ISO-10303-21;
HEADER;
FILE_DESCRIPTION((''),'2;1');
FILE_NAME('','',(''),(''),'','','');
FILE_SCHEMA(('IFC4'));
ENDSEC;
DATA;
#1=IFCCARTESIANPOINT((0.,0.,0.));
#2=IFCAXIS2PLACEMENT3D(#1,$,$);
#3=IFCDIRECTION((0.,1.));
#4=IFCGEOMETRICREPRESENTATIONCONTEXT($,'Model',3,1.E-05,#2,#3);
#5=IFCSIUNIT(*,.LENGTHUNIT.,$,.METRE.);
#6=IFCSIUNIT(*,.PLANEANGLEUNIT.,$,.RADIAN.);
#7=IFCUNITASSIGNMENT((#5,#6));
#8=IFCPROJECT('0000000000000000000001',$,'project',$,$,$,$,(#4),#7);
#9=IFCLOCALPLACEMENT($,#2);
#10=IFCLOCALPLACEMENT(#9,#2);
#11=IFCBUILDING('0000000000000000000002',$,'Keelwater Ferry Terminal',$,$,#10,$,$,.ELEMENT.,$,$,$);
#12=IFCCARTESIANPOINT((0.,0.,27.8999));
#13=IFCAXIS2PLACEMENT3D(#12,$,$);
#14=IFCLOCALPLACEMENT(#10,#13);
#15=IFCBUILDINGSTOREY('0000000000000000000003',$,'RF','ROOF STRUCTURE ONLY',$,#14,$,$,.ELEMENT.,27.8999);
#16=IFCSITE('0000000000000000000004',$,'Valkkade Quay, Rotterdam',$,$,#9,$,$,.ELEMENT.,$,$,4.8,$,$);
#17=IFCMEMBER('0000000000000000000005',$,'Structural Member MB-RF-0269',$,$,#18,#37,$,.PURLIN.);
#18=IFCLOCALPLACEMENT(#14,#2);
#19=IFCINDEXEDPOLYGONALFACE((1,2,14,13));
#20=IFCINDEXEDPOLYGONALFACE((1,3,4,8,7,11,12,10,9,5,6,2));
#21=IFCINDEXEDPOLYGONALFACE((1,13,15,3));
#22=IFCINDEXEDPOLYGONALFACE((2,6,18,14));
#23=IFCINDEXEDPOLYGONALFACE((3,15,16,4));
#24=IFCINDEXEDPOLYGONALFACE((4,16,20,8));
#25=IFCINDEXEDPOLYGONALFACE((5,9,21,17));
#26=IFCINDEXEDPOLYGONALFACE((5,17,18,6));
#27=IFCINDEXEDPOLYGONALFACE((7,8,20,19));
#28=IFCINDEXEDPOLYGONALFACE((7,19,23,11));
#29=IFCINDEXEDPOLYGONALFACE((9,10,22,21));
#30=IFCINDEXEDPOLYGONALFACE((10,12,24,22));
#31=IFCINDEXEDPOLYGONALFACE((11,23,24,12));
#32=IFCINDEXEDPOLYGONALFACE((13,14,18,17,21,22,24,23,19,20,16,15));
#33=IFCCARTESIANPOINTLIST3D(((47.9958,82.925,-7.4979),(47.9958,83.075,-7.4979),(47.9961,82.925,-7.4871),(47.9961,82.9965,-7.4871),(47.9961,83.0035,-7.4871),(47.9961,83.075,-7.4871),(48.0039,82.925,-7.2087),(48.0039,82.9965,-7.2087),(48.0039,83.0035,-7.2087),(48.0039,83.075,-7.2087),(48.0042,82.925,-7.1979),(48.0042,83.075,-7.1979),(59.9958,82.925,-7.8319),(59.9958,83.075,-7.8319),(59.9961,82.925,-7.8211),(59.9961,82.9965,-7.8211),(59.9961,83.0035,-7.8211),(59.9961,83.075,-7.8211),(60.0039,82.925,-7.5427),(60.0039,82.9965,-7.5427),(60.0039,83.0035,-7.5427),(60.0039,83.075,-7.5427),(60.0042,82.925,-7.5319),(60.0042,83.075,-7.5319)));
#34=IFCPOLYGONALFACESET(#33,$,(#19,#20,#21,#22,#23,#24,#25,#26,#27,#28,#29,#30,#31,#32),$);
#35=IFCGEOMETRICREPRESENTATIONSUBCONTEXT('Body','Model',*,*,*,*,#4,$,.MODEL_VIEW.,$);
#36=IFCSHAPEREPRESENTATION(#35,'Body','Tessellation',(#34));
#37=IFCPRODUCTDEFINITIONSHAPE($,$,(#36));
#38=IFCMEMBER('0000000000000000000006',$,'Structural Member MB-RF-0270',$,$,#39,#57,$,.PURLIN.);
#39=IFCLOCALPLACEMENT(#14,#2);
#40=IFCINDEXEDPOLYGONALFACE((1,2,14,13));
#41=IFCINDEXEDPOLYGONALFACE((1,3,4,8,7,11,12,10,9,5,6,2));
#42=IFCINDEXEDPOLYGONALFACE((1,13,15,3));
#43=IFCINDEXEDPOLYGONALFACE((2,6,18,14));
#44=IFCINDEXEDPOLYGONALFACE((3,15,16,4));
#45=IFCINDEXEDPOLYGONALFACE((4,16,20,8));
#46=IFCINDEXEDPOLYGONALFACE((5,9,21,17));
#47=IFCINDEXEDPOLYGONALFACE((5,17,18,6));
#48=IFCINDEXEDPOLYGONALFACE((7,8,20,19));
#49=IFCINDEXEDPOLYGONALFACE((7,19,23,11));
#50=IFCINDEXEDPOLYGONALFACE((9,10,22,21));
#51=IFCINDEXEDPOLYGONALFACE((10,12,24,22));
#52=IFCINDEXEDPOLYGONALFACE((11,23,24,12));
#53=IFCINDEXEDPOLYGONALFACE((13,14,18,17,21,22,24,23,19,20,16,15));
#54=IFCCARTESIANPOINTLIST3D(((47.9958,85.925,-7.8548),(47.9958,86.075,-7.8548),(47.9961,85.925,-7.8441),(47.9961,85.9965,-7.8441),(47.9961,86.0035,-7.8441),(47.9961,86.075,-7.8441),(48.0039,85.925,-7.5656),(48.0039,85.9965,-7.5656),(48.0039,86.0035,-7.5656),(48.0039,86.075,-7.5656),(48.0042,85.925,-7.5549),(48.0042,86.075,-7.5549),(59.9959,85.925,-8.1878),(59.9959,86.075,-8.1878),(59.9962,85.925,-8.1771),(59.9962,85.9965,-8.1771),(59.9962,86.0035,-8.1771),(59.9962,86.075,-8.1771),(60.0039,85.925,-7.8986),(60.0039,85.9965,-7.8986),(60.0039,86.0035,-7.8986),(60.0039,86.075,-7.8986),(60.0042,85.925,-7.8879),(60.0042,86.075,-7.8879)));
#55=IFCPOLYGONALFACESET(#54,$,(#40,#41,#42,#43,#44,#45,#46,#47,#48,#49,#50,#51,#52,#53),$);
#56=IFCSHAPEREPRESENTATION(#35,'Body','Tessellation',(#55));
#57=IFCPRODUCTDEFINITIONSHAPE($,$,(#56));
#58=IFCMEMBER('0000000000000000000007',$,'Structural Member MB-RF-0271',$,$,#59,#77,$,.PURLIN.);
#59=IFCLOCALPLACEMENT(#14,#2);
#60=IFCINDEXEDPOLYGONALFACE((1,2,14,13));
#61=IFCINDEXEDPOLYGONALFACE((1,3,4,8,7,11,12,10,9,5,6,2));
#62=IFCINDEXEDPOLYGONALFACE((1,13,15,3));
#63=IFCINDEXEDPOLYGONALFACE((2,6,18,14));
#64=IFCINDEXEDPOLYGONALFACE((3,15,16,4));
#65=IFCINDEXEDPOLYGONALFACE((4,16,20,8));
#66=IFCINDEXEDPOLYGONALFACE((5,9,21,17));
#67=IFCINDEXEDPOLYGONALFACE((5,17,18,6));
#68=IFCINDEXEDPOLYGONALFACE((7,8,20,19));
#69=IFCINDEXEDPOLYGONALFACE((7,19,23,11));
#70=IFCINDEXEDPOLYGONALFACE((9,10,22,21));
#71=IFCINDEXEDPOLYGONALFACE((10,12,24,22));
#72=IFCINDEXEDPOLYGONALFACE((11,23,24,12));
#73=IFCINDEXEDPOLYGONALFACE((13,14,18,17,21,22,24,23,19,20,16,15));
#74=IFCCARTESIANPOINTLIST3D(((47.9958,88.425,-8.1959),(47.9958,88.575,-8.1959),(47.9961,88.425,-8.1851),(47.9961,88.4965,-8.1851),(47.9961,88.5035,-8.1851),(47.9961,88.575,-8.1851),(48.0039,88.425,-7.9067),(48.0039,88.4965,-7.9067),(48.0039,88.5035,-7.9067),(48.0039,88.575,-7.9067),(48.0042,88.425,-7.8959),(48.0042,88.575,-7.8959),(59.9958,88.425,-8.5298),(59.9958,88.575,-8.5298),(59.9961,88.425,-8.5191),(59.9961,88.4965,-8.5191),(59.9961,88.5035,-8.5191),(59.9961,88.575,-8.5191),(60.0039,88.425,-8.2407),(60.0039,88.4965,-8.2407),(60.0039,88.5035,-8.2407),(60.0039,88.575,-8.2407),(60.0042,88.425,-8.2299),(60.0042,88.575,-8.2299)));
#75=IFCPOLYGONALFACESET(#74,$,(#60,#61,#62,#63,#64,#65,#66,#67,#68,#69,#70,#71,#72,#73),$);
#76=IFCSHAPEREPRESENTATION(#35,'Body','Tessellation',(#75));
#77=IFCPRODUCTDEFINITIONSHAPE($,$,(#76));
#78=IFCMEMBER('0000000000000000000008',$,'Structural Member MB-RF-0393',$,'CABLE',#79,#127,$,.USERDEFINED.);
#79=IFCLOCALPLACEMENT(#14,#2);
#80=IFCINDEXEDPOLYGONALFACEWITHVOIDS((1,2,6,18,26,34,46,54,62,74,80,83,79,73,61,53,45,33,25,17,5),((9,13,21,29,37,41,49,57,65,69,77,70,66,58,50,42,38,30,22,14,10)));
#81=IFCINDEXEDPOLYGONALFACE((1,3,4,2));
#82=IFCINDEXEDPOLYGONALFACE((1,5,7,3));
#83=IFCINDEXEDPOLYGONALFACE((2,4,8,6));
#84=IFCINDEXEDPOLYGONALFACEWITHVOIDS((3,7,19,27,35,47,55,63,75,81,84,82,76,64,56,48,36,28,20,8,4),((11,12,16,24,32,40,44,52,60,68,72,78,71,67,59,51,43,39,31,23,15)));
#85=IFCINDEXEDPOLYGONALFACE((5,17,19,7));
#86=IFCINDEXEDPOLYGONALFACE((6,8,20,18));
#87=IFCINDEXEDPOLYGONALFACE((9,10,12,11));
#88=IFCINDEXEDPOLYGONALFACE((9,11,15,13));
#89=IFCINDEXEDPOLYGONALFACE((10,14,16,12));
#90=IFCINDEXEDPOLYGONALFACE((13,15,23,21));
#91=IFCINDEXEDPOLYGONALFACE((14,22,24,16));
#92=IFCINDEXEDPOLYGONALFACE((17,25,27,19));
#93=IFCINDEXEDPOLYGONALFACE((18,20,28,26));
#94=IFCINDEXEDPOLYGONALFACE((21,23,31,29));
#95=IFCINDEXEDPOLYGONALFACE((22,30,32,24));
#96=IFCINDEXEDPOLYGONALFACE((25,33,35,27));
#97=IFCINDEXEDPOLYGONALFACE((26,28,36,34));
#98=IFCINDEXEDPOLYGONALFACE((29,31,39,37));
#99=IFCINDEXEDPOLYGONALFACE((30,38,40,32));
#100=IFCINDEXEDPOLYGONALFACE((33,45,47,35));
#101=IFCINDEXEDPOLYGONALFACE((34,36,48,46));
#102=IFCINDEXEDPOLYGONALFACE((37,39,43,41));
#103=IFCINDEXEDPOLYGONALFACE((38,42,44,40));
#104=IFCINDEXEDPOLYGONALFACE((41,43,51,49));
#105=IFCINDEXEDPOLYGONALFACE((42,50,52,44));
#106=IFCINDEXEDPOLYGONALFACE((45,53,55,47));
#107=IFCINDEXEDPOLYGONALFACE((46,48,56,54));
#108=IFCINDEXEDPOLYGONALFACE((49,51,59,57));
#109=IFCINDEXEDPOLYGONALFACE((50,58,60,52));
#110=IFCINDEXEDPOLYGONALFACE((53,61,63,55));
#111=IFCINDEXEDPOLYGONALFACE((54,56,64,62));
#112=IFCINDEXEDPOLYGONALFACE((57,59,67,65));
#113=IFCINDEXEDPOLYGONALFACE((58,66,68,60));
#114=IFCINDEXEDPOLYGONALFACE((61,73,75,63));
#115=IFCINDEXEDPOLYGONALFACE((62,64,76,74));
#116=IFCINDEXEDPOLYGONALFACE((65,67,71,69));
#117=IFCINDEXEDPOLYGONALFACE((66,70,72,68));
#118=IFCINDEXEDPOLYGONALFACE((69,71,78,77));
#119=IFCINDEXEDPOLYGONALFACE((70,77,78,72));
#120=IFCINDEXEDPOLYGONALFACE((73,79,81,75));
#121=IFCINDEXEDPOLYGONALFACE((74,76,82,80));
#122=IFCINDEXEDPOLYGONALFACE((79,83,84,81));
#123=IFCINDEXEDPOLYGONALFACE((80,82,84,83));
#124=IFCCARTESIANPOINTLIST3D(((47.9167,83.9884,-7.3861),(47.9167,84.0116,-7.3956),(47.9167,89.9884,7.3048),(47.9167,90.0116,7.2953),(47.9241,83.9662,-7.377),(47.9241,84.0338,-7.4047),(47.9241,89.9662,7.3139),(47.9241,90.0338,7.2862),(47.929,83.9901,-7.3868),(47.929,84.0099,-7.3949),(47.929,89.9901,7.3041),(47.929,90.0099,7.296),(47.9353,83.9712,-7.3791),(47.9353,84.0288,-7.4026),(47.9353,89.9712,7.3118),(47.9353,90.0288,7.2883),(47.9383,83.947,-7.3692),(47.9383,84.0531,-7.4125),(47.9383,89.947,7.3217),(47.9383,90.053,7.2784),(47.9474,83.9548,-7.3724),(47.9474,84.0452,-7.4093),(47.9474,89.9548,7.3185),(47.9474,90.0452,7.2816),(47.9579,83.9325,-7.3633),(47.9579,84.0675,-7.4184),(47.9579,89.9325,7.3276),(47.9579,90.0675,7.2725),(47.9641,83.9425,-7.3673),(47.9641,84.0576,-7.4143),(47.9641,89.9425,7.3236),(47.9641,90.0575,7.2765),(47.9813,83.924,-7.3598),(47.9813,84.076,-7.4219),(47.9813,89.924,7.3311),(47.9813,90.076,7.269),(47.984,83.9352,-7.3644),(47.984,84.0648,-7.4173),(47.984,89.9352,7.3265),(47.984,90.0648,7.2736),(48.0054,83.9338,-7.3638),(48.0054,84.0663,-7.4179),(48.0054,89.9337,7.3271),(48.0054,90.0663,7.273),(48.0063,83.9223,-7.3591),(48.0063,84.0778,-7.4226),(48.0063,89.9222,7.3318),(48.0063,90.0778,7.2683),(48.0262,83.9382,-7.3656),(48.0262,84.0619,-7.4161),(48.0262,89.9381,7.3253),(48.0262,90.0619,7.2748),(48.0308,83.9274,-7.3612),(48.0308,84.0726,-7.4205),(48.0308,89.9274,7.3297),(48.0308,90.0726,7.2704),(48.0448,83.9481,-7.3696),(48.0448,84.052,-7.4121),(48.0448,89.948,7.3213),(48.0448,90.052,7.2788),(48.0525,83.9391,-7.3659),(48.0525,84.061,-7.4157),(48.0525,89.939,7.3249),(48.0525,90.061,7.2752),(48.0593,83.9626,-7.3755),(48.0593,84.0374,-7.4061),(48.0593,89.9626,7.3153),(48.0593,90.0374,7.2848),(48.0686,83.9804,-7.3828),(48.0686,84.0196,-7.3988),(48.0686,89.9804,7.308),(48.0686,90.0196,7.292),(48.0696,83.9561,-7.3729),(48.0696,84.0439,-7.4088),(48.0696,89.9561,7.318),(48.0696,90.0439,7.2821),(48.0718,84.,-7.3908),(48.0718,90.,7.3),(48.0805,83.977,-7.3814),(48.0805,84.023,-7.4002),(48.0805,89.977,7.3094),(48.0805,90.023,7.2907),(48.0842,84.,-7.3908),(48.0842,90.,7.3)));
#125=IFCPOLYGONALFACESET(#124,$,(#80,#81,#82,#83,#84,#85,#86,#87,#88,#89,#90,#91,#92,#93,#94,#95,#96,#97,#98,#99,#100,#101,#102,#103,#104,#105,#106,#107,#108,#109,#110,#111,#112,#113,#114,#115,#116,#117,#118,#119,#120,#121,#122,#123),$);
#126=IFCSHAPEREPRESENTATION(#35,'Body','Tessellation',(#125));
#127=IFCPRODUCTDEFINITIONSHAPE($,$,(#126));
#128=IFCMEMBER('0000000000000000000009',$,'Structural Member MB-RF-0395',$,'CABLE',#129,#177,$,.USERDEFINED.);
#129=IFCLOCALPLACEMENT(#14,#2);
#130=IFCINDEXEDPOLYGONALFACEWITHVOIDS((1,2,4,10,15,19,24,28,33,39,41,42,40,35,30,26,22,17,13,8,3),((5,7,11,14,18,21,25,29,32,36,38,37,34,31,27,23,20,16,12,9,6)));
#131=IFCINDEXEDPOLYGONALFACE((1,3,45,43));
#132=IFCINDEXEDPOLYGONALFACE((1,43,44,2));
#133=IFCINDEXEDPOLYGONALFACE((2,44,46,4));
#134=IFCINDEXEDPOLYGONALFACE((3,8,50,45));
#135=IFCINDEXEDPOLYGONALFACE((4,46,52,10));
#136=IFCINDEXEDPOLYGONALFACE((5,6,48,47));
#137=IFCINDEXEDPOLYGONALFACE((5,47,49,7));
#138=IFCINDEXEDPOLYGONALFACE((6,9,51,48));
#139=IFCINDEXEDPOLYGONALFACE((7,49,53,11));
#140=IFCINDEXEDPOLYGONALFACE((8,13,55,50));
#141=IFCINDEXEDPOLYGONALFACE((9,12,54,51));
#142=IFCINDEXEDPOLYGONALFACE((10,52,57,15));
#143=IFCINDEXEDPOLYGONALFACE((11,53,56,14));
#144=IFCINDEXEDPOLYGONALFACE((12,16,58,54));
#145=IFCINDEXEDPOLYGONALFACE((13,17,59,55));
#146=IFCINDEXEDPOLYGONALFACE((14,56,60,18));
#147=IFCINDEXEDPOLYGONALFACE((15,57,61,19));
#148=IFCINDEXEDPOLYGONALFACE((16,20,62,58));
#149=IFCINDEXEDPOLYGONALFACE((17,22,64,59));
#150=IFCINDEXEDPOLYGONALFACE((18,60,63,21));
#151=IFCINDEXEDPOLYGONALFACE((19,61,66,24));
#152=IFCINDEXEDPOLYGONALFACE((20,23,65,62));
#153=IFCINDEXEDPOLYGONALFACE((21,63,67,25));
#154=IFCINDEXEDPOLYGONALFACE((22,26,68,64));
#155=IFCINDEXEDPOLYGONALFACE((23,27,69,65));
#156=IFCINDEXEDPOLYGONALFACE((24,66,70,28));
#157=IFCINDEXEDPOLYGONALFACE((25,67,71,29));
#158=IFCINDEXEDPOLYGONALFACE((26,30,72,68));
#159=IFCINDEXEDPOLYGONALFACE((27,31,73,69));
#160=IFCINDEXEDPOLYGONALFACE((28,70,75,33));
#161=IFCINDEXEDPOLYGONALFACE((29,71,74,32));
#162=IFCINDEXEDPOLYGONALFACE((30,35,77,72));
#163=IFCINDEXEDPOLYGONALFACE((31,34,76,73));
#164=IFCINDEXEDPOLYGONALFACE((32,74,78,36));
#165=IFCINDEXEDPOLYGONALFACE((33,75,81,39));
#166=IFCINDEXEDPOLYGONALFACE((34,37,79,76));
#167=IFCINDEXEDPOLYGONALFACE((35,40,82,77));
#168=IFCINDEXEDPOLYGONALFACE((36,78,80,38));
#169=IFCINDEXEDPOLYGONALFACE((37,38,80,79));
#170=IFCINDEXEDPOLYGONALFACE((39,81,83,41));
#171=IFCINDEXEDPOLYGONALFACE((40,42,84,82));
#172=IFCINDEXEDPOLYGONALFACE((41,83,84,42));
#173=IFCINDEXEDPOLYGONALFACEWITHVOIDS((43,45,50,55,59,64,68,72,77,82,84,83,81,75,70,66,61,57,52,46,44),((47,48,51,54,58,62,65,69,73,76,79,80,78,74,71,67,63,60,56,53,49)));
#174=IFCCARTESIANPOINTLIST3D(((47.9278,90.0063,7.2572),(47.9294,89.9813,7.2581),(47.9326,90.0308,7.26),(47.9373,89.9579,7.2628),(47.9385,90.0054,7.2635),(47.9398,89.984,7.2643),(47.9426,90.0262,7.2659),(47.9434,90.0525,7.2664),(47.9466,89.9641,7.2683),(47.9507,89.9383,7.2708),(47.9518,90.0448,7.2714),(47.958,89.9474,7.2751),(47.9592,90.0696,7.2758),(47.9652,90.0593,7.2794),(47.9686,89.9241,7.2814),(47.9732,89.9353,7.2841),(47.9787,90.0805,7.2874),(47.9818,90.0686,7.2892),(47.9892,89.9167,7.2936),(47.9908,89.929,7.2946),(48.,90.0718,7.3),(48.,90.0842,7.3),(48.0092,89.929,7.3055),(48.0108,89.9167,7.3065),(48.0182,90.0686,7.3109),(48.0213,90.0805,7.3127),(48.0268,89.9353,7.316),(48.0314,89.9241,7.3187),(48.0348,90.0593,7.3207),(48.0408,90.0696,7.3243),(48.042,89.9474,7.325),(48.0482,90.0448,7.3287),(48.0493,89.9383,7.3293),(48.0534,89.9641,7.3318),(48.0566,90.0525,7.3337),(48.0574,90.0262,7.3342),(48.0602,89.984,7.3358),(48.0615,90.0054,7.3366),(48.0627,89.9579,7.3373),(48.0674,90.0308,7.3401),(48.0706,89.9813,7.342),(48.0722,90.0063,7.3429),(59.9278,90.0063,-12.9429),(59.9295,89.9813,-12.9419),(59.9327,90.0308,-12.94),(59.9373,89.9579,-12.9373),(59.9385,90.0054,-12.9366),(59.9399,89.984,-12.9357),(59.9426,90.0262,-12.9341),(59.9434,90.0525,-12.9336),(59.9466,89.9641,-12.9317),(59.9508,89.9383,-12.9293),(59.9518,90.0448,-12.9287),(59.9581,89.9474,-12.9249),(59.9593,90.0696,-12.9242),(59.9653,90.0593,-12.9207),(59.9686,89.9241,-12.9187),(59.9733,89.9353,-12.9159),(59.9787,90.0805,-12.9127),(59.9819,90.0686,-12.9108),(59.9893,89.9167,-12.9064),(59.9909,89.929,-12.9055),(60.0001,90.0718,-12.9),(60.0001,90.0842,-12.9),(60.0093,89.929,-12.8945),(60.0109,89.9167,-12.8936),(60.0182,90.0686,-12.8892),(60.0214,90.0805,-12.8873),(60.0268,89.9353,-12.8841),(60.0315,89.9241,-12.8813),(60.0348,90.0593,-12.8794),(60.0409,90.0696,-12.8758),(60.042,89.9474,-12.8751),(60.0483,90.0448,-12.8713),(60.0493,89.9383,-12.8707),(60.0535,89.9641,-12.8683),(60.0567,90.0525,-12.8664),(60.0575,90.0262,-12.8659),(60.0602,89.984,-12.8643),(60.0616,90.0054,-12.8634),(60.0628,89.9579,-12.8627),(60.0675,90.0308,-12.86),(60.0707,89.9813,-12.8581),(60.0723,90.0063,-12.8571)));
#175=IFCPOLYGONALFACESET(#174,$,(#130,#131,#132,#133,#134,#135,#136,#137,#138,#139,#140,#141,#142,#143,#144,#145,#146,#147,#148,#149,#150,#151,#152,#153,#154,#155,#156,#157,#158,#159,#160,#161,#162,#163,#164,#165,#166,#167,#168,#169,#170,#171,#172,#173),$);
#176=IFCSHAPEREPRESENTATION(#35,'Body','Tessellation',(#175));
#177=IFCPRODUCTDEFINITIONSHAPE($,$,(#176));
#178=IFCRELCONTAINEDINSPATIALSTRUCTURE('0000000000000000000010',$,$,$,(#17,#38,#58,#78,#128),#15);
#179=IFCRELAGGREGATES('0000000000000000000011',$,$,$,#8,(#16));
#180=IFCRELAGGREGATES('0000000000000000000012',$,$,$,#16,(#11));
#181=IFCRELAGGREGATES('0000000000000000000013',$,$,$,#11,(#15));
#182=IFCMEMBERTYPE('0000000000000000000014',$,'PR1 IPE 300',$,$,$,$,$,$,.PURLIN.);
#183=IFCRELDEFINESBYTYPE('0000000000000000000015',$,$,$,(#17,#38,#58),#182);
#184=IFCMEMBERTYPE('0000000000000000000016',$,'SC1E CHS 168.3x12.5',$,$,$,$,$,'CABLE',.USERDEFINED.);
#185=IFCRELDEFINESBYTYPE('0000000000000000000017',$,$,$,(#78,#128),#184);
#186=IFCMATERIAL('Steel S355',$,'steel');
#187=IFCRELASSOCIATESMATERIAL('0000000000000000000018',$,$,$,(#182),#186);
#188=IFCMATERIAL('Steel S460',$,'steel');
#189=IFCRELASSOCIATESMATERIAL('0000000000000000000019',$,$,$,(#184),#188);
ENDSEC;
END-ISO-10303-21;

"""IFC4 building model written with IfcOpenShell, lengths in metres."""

from ifc_helpers import new_model, si_unit, direction, frame, origin, origin_2d, place, context, subcontext, project, spatial, hollow_circle, i_section, extrude, material, material_profile, profile_set, type_object, element, save


model = new_model("IFC4")

# Units and contexts
model_context = context("Model", 3, precision=1e-05, world=origin(), true_north=direction((0.0, 1.0)))
body_context = subcontext(model_context, "Body", "Model", "MODEL_VIEW")
ifc_project = project(units=[si_unit("LENGTHUNIT", "METRE"), si_unit("PLANEANGLEUNIT", "RADIAN")], contexts=[model_context])

# Site, building, storey
site_placement = place(None, origin())
site = spatial("IfcSite", under=ifc_project, at=site_placement, Name="Valkkade Quay, Rotterdam", CompositionType="ELEMENT", RefElevation=4.8)
building_placement = place(site_placement, origin())
building = spatial("IfcBuilding", under=site, at=building_placement, Name="Keelwater Ferry Terminal", CompositionType="ELEMENT")
storey_placement = place(building_placement, frame((0.0, 0.0, 27.8999)))
storey = spatial("IfcBuildingStorey", under=building, at=storey_placement, Name="RF", Description="ROOF STRUCTURE ONLY", CompositionType="ELEMENT", Elevation=27.8999)

# Members
ifc_material_1 = material(Name="Steel S355", Category="steel")
ifc_material_profile_1 = material_profile(ifc_material_1, i_section(OverallWidth=0.1499, OverallDepth=0.3, WebThickness=0.0071, FlangeThickness=0.0107, at=origin_2d()), Name="IPE 300")
ifc_profile_set_1 = profile_set([ifc_material_profile_1], Name="Steel S355")
member_type_1 = type_object("IfcMemberType", Name="PR1 IPE 300", PredefinedType="PURLIN", material=ifc_profile_set_1)
for number, where, z_axis, x_axis, name in (
    (1, (48.0, 83.0, -7.3479), (0.999613, 0.0, -0.027821), (0.0, 1.0, 0.0), "Structural Member MB-RF-0269"),
    (2, (48.0, 86.0, -7.7048), (0.999615, 0.0, -0.02774), (0.0, 1.0, 0.0), "Structural Member MB-RF-0270"),
    (3, (48.0, 88.5, -8.0459), (0.999613, 0.0, -0.027821), (0.0, 1.0, 0.0), "Structural Member MB-RF-0271"),
):
    element("IfcMember", number, at=place(storey_placement, frame(where, z_axis=z_axis, x_axis=x_axis)), inside=storey, type_object=member_type_1, Name=name, PredefinedType="PURLIN", context=body_context, shape_type="SweptSolid", body=[
        extrude(i_section(OverallWidth=0.1499, OverallDepth=0.3, WebThickness=0.0071, FlangeThickness=0.0107, at=origin_2d()), origin(), (0.0, 0.0, 1.0), 12.0046),
    ])
ifc_material_2 = material(Name="Steel S460", Category="steel")
ifc_material_profile_2 = material_profile(ifc_material_2, hollow_circle(Radius=0.0842, WallThickness=0.0125, at=origin_2d()), Name="CHS 168.3x12.5")
ifc_profile_set_2 = profile_set([ifc_material_profile_2], Name="Steel S460")
member_type_2 = type_object("IfcMemberType", Name="SC1E CHS 168.3x12.5", ElementType="CABLE", PredefinedType="USERDEFINED", material=ifc_profile_set_2)
member_1_placement = place(storey_placement, frame((48.0, 90.0, 7.3), z_axis=(0.0, -0.378097, -0.925766), x_axis=(1.0, 0.0, 0.0)))
element("IfcMember", 4, at=member_1_placement, inside=storey, type_object=member_type_2, Name="Structural Member MB-RF-0393", ObjectType="CABLE", PredefinedType="USERDEFINED", context=body_context, shape_type="SweptSolid", body=[
    extrude(hollow_circle(Radius=0.0842, WallThickness=0.0125, at=origin_2d()), origin(), (0.0, 0.0, 1.0), 15.8689),
])
member_2_placement = place(storey_placement, frame((48.0, 90.0, 7.3), z_axis=(0.510736, 0.0, -0.859737), x_axis=(0.0, 1.0, 0.0)))
element("IfcMember", 5, at=member_2_placement, inside=storey, type_object=member_type_2, Name="Structural Member MB-RF-0395", ObjectType="CABLE", PredefinedType="USERDEFINED", context=body_context, shape_type="SweptSolid", body=[
    extrude(hollow_circle(Radius=0.0842, WallThickness=0.0125, at=origin_2d()), origin(), (0.0, 0.0, 1.0), 23.4956),
])

save(model, "model.ifc")
